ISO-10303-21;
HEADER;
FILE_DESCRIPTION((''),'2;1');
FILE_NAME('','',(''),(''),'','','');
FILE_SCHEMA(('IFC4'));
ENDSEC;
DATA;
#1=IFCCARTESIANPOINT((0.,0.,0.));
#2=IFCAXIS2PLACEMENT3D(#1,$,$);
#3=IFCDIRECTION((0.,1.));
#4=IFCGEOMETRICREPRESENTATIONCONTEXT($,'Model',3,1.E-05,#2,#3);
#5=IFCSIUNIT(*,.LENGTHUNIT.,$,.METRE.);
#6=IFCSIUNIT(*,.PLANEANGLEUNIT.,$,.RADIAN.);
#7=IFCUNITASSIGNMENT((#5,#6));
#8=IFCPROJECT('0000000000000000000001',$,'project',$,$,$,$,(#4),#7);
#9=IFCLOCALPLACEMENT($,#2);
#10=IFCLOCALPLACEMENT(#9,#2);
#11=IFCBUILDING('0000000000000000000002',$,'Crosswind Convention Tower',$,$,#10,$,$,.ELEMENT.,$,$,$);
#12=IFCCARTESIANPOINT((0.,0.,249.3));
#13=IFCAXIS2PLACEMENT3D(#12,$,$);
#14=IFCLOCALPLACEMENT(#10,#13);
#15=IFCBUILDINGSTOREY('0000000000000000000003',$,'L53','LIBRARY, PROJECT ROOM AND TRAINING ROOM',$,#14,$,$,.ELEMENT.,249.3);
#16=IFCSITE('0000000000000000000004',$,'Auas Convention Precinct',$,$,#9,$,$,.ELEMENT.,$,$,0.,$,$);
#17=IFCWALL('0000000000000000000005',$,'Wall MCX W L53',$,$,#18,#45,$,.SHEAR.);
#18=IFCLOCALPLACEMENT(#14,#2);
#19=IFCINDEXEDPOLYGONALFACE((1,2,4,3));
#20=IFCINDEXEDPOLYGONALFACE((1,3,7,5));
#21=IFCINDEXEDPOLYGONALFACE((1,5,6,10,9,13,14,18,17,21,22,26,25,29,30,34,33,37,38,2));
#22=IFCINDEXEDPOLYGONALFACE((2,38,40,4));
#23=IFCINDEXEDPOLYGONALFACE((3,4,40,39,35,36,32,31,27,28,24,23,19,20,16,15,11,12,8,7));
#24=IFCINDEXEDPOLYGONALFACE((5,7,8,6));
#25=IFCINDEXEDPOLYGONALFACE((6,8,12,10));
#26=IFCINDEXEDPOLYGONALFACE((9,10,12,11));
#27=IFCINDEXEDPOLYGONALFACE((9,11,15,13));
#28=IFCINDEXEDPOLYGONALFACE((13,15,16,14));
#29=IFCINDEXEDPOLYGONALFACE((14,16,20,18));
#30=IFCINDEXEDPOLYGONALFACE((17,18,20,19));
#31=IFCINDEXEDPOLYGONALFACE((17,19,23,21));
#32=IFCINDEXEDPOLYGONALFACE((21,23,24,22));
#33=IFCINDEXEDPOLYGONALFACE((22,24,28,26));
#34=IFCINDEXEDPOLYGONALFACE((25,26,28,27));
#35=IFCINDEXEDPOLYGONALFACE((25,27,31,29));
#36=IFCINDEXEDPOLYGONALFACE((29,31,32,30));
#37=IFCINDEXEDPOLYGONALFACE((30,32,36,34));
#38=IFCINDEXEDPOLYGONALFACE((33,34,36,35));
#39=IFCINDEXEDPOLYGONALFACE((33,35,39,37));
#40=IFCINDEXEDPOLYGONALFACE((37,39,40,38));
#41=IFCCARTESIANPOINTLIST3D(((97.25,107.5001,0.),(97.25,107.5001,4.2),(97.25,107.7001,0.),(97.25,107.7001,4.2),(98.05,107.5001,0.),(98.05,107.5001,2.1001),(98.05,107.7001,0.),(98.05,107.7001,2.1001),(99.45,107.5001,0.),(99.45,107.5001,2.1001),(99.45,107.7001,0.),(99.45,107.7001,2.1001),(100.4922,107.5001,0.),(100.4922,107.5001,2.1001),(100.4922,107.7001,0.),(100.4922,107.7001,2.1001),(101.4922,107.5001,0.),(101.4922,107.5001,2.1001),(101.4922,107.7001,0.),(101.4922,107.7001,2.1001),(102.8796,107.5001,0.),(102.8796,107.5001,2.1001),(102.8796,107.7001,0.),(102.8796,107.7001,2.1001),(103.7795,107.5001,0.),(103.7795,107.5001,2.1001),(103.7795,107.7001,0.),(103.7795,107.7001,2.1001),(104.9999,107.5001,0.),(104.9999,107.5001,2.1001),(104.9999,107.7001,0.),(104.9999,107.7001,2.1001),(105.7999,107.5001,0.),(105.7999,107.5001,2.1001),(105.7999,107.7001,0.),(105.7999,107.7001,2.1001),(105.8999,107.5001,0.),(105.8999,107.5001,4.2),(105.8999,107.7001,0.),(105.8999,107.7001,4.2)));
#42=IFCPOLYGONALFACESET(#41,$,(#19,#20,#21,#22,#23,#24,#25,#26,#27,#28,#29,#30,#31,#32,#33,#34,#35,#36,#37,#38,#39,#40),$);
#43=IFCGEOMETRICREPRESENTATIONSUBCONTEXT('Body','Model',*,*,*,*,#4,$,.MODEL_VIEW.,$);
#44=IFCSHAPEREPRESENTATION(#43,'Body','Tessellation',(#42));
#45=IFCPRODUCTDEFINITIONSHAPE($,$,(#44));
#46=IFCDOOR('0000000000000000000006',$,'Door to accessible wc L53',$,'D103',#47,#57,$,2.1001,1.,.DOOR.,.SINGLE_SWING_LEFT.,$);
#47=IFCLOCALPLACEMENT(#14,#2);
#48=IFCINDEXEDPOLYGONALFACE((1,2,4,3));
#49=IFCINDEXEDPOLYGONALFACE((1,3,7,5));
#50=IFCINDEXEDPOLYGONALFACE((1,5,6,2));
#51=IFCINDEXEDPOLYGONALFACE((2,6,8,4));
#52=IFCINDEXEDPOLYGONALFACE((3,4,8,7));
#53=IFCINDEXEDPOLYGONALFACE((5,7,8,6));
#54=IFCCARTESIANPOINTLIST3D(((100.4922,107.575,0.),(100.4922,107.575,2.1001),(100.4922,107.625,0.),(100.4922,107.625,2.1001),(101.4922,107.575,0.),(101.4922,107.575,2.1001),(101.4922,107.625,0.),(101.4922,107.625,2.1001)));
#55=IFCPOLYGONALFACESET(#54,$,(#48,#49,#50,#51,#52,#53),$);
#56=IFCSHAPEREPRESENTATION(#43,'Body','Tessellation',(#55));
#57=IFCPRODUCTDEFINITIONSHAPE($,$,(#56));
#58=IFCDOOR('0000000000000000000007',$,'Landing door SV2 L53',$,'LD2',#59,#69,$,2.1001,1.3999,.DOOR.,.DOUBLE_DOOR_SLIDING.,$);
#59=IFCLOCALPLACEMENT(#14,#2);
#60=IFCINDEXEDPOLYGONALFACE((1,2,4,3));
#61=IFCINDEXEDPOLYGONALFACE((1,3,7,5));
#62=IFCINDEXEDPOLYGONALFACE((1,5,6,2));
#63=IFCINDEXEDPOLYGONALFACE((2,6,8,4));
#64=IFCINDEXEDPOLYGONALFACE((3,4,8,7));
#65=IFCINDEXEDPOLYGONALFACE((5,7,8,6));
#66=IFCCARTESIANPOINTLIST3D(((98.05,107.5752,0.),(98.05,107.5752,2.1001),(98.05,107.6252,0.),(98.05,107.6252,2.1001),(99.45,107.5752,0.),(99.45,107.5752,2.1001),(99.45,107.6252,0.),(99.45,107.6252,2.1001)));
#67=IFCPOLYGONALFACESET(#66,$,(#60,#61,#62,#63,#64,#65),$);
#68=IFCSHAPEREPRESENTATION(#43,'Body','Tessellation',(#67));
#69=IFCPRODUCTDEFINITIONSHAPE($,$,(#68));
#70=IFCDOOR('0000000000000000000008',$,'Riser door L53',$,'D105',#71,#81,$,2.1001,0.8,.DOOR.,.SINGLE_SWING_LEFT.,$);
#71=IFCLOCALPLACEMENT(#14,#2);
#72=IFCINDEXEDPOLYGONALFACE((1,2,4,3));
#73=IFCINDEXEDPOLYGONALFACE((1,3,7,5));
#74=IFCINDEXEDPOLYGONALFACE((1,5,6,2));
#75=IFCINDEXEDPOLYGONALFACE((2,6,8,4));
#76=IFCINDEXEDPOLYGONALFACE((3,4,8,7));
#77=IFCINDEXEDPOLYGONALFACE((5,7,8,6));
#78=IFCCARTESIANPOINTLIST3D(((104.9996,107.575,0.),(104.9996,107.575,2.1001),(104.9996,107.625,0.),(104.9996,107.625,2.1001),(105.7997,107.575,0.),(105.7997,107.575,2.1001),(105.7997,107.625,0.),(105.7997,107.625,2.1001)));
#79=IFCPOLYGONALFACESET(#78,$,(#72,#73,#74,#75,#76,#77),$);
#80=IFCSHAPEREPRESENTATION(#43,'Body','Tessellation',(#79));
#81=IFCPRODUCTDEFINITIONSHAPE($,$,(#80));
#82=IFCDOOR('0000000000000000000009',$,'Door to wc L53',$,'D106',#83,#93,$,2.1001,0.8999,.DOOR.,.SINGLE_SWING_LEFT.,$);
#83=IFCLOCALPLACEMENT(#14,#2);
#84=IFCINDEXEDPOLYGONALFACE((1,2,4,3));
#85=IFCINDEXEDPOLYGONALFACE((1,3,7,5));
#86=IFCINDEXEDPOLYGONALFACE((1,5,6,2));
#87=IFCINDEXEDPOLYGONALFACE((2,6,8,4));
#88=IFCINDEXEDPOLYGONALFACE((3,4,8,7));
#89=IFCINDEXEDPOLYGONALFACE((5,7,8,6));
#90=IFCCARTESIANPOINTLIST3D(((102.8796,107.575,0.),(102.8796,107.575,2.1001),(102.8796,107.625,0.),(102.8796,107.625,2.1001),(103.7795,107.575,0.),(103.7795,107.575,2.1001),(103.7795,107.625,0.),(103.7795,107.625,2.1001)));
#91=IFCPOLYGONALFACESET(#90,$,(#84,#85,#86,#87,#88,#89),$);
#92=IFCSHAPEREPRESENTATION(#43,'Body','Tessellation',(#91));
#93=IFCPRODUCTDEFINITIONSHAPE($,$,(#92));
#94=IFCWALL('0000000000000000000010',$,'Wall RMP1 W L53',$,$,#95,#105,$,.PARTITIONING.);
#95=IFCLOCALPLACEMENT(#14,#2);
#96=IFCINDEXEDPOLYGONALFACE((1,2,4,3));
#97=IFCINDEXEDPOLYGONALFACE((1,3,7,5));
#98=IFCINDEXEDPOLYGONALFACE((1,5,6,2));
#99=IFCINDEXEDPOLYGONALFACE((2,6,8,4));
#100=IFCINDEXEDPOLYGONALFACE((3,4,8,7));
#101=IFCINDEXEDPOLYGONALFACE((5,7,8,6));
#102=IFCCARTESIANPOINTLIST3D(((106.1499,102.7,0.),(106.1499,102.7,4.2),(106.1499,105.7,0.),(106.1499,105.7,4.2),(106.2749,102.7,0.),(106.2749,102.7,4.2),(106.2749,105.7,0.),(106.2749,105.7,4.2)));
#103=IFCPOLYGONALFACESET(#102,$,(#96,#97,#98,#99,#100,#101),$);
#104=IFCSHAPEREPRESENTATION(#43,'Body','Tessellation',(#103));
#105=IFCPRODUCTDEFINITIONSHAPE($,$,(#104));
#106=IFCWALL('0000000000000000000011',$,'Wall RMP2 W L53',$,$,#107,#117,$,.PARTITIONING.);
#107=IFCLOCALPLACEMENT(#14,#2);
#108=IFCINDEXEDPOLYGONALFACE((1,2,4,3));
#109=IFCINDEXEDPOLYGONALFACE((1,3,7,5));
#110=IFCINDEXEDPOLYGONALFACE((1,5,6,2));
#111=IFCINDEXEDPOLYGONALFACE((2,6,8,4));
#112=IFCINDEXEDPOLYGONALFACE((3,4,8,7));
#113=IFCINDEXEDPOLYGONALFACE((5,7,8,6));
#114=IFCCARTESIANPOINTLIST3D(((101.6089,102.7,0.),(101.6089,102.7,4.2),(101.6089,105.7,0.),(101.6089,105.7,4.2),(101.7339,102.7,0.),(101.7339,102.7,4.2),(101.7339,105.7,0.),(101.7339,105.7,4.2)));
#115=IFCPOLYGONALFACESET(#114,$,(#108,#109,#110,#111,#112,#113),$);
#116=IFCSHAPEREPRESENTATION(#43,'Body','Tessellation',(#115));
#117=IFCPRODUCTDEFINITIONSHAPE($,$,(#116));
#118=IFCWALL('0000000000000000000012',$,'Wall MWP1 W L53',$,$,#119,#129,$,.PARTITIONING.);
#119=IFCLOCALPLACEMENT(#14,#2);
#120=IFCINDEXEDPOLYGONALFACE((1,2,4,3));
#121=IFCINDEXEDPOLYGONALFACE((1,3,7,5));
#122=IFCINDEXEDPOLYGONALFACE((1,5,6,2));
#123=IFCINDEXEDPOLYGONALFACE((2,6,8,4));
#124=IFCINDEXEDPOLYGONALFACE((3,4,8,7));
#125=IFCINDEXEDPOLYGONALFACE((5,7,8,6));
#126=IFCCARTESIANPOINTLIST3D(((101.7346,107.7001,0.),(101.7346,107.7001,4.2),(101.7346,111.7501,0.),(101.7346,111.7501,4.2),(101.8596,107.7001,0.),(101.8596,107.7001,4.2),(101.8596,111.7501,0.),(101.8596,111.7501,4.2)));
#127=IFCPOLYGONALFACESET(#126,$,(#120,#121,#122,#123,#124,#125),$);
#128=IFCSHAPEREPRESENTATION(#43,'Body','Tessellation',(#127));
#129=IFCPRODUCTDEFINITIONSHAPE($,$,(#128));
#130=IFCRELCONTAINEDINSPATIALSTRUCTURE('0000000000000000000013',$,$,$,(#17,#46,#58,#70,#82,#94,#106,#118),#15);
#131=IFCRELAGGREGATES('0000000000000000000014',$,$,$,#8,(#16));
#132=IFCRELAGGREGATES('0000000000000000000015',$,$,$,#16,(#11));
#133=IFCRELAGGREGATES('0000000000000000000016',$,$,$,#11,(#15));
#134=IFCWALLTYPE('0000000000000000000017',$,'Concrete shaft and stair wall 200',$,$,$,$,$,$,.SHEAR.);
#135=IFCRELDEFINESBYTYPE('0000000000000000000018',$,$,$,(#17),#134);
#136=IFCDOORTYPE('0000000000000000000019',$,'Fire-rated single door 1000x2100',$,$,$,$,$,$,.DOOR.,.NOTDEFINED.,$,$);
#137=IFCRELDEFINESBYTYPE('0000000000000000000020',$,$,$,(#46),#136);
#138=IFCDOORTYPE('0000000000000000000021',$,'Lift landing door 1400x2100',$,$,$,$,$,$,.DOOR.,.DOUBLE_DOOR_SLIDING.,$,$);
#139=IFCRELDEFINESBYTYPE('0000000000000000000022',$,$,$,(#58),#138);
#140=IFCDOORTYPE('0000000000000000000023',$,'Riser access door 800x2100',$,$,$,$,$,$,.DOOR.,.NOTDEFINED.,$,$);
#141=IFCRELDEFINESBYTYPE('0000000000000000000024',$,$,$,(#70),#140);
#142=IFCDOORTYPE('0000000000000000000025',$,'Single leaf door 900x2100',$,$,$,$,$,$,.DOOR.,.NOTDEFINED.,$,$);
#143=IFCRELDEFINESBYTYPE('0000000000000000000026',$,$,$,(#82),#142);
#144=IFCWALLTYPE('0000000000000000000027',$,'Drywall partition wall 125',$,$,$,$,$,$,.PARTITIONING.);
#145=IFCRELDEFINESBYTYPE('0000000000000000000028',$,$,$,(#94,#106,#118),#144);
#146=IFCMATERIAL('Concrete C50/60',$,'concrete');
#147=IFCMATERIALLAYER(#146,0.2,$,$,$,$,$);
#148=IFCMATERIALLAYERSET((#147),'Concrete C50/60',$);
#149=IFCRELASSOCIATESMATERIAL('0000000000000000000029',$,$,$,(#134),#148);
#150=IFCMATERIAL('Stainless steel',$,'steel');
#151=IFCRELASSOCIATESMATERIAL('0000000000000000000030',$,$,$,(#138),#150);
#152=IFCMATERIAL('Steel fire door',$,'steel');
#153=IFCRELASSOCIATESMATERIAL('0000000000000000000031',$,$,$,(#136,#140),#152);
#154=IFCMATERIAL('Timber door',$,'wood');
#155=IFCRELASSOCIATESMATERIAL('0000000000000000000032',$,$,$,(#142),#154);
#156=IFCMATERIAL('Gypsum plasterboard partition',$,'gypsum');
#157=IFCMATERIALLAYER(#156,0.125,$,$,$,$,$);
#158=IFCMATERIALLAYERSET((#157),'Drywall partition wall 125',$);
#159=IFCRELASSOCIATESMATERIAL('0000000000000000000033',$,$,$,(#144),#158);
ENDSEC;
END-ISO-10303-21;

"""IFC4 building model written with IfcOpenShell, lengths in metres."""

from ifc_helpers import new_model, si_unit, direction, frame, frame_2d, origin, place, context, subcontext, project, spatial, rectangle, extrude, material, layer, layer_set, type_object, element, fill, save


model = new_model("IFC4")

# Units and contexts
model_context = context("Model", 3, precision=1e-05, world=origin(), true_north=direction((0.0, 1.0)))
body_context = subcontext(model_context, "Body", "Model", "MODEL_VIEW")
ifc_project = project(units=[si_unit("LENGTHUNIT", "METRE"), si_unit("PLANEANGLEUNIT", "RADIAN")], contexts=[model_context])

# Site, building, storey
site_placement = place(None, origin())
site = spatial("IfcSite", under=ifc_project, at=site_placement, Name="Auas Convention Precinct", CompositionType="ELEMENT", RefElevation=0.0)
building_placement = place(site_placement, origin())
building = spatial("IfcBuilding", under=site, at=building_placement, Name="Crosswind Convention Tower", CompositionType="ELEMENT")
storey_placement = place(building_placement, frame((0.0, 0.0, 249.3)))
storey = spatial("IfcBuildingStorey", under=building, at=storey_placement, Name="L53", Description="LIBRARY, PROJECT ROOM AND TRAINING ROOM", CompositionType="ELEMENT", Elevation=249.3)

# Shared definitions
ifc_material_1 = material(Name="Concrete C50/60", Category="concrete")
ifc_layer_1 = layer(ifc_material_1, 0.2)
ifc_layer_set_1 = layer_set([ifc_layer_1], Name="Concrete C50/60")
wall_type_1 = type_object("IfcWallType", Name="Concrete shaft and stair wall 200", PredefinedType="SHEAR", material=ifc_layer_set_1)

# Shared definitions
ifc_material_2 = material(Name="Stainless steel", Category="steel")
door_type_1 = type_object("IfcDoorType", Name="Lift landing door 1400x2100", OperationType="DOUBLE_DOOR_SLIDING", PredefinedType="DOOR", material=ifc_material_2)

# Wall, openings, doors
wall_1_placement = place(storey_placement, frame((105.8999, 107.6001, 0.0), z_axis=(0.0, 0.0, 1.0), x_axis=(-1.0, 0.0, 0.0)))
wall_1 = element("IfcWall", 1, at=wall_1_placement, inside=storey, type_object=wall_type_1, Name="Wall MCX W L53", PredefinedType="SHEAR", context=body_context, shape_type="SweptSolid", body=[
    extrude(rectangle(XDim=8.6499, YDim=0.2, at=frame_2d((4.325, 0.0))), origin(), (0.0, 0.0, 1.0), 4.2),
])
opening_1_placement = place(wall_1_placement, frame((0.1001, 0.0, 0.0)))
opening_1 = element("IfcOpeningElement", 2, at=opening_1_placement, cuts=wall_1, PredefinedType="OPENING", context=body_context, shape_type="SweptSolid", body=[
    extrude(rectangle(XDim=0.8, YDim=2.1001, at=frame_2d((0.3999, 1.05))), frame((0.0, 0.1099, 0.0), z_axis=(0.0, -1.0, 0.0), x_axis=(1.0, 0.0, 0.0)), (0.0, 0.0, 1.0), 0.22),
])
opening_2_placement = place(wall_1_placement, frame((2.1204, 0.0, 0.0)))
opening_2 = element("IfcOpeningElement", 3, at=opening_2_placement, cuts=wall_1, PredefinedType="OPENING", context=body_context, shape_type="SweptSolid", body=[
    extrude(rectangle(XDim=0.8999, YDim=2.1001, at=frame_2d((0.45, 1.05))), frame((0.0, 0.1099, 0.0), z_axis=(0.0, -1.0, 0.0), x_axis=(1.0, 0.0, 0.0)), (0.0, 0.0, 1.0), 0.22),
])
opening_3_placement = place(wall_1_placement, frame((4.4077, 0.0, 0.0)))
opening_3 = element("IfcOpeningElement", 4, at=opening_3_placement, cuts=wall_1, PredefinedType="OPENING", context=body_context, shape_type="SweptSolid", body=[
    extrude(rectangle(XDim=1.0, YDim=2.1001, at=frame_2d((0.5, 1.05))), frame((0.0, 0.1099, 0.0), z_axis=(0.0, -1.0, 0.0), x_axis=(1.0, 0.0, 0.0)), (0.0, 0.0, 1.0), 0.22),
])
opening_4_placement = place(wall_1_placement, frame((6.45, 0.0, 0.0)))
opening_4 = element("IfcOpeningElement", 5, at=opening_4_placement, cuts=wall_1, PredefinedType="OPENING", context=body_context, shape_type="SweptSolid", body=[
    extrude(rectangle(XDim=1.3999, YDim=2.1001, at=frame_2d((0.7, 1.05))), frame((0.0, 0.1099, 0.0), z_axis=(0.0, -1.0, 0.0), x_axis=(1.0, 0.0, 0.0)), (0.0, 0.0, 1.0), 0.22),
])
ifc_material_3 = material(Name="Steel fire door", Category="steel")
door_type_2 = type_object("IfcDoorType", Name="Fire-rated single door 1000x2100", OperationType="NOTDEFINED", PredefinedType="DOOR", material=ifc_material_3)
door_1_placement = place(opening_3_placement, frame((1.0, 0.0, 0.0), z_axis=(0.0, 0.0, 1.0), x_axis=(-1.0, 0.0, 0.0)))
door_1 = element("IfcDoor", 6, at=door_1_placement, inside=storey, type_object=door_type_2, Name="Door to accessible wc L53", ObjectType="D103", OperationType="SINGLE_SWING_LEFT", OverallHeight=2.1001, OverallWidth=1.0, PredefinedType="DOOR", context=body_context, shape_type="SweptSolid", body=[
    extrude(rectangle(XDim=1.0, YDim=2.1001, at=frame_2d((0.5, 1.05))), frame((0.0, 0.0249, 0.0), z_axis=(0.0, -1.0, 0.0), x_axis=(1.0, 0.0, 0.0)), (0.0, 0.0, 1.0), 0.05),
])
fill(opening_3, door_1)
door_2_placement = place(opening_4_placement, origin())
door_2 = element("IfcDoor", 7, at=door_2_placement, inside=storey, type_object=door_type_1, Name="Landing door SV2 L53", ObjectType="LD2", OperationType="DOUBLE_DOOR_SLIDING", OverallHeight=2.1001, OverallWidth=1.3999, PredefinedType="DOOR", context=body_context, shape_type="SweptSolid", body=[
    extrude(rectangle(XDim=1.3999, YDim=2.1001, at=frame_2d((0.7, 1.05))), frame((0.0, 0.0249, 0.0), z_axis=(0.0, -1.0, 0.0), x_axis=(1.0, 0.0, 0.0)), (0.0, 0.0, 1.0), 0.05),
])
fill(opening_4, door_2)
door_type_3 = type_object("IfcDoorType", Name="Riser access door 800x2100", OperationType="NOTDEFINED", PredefinedType="DOOR", material=ifc_material_3)
door_3_placement = place(opening_1_placement, frame((0.8, 0.0, 0.0), z_axis=(0.0, 0.0, 1.0), x_axis=(-1.0, 0.0, 0.0)))
door_3 = element("IfcDoor", 8, at=door_3_placement, inside=storey, type_object=door_type_3, Name="Riser door L53", ObjectType="D105", OperationType="SINGLE_SWING_LEFT", OverallHeight=2.1001, OverallWidth=0.8, PredefinedType="DOOR", context=body_context, shape_type="SweptSolid", body=[
    extrude(rectangle(XDim=0.8, YDim=2.1001, at=frame_2d((0.3999, 1.05))), frame((0.0, 0.0249, 0.0), z_axis=(0.0, -1.0, 0.0), x_axis=(1.0, 0.0, 0.0)), (0.0, 0.0, 1.0), 0.05),
])
fill(opening_1, door_3)
ifc_material_4 = material(Name="Timber door", Category="wood")
door_type_4 = type_object("IfcDoorType", Name="Single leaf door 900x2100", OperationType="NOTDEFINED", PredefinedType="DOOR", material=ifc_material_4)
door_4_placement = place(opening_2_placement, frame((0.8999, 0.0, 0.0), z_axis=(0.0, 0.0, 1.0), x_axis=(-1.0, 0.0, 0.0)))
door_4 = element("IfcDoor", 9, at=door_4_placement, inside=storey, type_object=door_type_4, Name="Door to wc L53", ObjectType="D106", OperationType="SINGLE_SWING_LEFT", OverallHeight=2.1001, OverallWidth=0.8999, PredefinedType="DOOR", context=body_context, shape_type="SweptSolid", body=[
    extrude(rectangle(XDim=0.8999, YDim=2.1001, at=frame_2d((0.45, 1.05))), frame((0.0, 0.0249, 0.0), z_axis=(0.0, -1.0, 0.0), x_axis=(1.0, 0.0, 0.0)), (0.0, 0.0, 1.0), 0.05),
])
fill(opening_2, door_4)

# Walls
ifc_material_5 = material(Name="Gypsum plasterboard partition", Category="gypsum")
ifc_layer_2 = layer(ifc_material_5, 0.125)
ifc_layer_set_2 = layer_set([ifc_layer_2], Name="Drywall partition wall 125")
wall_type_2 = type_object("IfcWallType", Name="Drywall partition wall 125", PredefinedType="PARTITIONING", material=ifc_layer_set_2)
for number, where, z_axis, x_axis, name in (
    (10, (106.2124, 105.7, 0.0), (0.0, 0.0, 1.0), (0.0, -1.0, 0.0), "Wall RMP1 W L53"),
    (11, (101.6714, 105.7, 0.0), (0.0, 0.0, 1.0), (0.0, -1.0, 0.0), "Wall RMP2 W L53"),
):
    element("IfcWall", number, at=place(storey_placement, frame(where, z_axis=z_axis, x_axis=x_axis)), inside=storey, type_object=wall_type_2, Name=name, PredefinedType="PARTITIONING", context=body_context, shape_type="SweptSolid", body=[
        extrude(rectangle(XDim=3.0, YDim=0.125, at=frame_2d((1.5, 0.0))), origin(), (0.0, 0.0, 1.0), 4.2),
    ])
wall_2_placement = place(storey_placement, frame((101.7971, 111.75, 0.0), z_axis=(0.0, 0.0, 1.0), x_axis=(0.0, -1.0, 0.0)))
element("IfcWall", 12, at=wall_2_placement, inside=storey, type_object=wall_type_2, Name="Wall MWP1 W L53", PredefinedType="PARTITIONING", context=body_context, shape_type="SweptSolid", body=[
    extrude(rectangle(XDim=4.05, YDim=0.125, at=frame_2d((2.0249, 0.0))), origin(), (0.0, 0.0, 1.0), 4.2),
])

save(model, "model.ifc")
